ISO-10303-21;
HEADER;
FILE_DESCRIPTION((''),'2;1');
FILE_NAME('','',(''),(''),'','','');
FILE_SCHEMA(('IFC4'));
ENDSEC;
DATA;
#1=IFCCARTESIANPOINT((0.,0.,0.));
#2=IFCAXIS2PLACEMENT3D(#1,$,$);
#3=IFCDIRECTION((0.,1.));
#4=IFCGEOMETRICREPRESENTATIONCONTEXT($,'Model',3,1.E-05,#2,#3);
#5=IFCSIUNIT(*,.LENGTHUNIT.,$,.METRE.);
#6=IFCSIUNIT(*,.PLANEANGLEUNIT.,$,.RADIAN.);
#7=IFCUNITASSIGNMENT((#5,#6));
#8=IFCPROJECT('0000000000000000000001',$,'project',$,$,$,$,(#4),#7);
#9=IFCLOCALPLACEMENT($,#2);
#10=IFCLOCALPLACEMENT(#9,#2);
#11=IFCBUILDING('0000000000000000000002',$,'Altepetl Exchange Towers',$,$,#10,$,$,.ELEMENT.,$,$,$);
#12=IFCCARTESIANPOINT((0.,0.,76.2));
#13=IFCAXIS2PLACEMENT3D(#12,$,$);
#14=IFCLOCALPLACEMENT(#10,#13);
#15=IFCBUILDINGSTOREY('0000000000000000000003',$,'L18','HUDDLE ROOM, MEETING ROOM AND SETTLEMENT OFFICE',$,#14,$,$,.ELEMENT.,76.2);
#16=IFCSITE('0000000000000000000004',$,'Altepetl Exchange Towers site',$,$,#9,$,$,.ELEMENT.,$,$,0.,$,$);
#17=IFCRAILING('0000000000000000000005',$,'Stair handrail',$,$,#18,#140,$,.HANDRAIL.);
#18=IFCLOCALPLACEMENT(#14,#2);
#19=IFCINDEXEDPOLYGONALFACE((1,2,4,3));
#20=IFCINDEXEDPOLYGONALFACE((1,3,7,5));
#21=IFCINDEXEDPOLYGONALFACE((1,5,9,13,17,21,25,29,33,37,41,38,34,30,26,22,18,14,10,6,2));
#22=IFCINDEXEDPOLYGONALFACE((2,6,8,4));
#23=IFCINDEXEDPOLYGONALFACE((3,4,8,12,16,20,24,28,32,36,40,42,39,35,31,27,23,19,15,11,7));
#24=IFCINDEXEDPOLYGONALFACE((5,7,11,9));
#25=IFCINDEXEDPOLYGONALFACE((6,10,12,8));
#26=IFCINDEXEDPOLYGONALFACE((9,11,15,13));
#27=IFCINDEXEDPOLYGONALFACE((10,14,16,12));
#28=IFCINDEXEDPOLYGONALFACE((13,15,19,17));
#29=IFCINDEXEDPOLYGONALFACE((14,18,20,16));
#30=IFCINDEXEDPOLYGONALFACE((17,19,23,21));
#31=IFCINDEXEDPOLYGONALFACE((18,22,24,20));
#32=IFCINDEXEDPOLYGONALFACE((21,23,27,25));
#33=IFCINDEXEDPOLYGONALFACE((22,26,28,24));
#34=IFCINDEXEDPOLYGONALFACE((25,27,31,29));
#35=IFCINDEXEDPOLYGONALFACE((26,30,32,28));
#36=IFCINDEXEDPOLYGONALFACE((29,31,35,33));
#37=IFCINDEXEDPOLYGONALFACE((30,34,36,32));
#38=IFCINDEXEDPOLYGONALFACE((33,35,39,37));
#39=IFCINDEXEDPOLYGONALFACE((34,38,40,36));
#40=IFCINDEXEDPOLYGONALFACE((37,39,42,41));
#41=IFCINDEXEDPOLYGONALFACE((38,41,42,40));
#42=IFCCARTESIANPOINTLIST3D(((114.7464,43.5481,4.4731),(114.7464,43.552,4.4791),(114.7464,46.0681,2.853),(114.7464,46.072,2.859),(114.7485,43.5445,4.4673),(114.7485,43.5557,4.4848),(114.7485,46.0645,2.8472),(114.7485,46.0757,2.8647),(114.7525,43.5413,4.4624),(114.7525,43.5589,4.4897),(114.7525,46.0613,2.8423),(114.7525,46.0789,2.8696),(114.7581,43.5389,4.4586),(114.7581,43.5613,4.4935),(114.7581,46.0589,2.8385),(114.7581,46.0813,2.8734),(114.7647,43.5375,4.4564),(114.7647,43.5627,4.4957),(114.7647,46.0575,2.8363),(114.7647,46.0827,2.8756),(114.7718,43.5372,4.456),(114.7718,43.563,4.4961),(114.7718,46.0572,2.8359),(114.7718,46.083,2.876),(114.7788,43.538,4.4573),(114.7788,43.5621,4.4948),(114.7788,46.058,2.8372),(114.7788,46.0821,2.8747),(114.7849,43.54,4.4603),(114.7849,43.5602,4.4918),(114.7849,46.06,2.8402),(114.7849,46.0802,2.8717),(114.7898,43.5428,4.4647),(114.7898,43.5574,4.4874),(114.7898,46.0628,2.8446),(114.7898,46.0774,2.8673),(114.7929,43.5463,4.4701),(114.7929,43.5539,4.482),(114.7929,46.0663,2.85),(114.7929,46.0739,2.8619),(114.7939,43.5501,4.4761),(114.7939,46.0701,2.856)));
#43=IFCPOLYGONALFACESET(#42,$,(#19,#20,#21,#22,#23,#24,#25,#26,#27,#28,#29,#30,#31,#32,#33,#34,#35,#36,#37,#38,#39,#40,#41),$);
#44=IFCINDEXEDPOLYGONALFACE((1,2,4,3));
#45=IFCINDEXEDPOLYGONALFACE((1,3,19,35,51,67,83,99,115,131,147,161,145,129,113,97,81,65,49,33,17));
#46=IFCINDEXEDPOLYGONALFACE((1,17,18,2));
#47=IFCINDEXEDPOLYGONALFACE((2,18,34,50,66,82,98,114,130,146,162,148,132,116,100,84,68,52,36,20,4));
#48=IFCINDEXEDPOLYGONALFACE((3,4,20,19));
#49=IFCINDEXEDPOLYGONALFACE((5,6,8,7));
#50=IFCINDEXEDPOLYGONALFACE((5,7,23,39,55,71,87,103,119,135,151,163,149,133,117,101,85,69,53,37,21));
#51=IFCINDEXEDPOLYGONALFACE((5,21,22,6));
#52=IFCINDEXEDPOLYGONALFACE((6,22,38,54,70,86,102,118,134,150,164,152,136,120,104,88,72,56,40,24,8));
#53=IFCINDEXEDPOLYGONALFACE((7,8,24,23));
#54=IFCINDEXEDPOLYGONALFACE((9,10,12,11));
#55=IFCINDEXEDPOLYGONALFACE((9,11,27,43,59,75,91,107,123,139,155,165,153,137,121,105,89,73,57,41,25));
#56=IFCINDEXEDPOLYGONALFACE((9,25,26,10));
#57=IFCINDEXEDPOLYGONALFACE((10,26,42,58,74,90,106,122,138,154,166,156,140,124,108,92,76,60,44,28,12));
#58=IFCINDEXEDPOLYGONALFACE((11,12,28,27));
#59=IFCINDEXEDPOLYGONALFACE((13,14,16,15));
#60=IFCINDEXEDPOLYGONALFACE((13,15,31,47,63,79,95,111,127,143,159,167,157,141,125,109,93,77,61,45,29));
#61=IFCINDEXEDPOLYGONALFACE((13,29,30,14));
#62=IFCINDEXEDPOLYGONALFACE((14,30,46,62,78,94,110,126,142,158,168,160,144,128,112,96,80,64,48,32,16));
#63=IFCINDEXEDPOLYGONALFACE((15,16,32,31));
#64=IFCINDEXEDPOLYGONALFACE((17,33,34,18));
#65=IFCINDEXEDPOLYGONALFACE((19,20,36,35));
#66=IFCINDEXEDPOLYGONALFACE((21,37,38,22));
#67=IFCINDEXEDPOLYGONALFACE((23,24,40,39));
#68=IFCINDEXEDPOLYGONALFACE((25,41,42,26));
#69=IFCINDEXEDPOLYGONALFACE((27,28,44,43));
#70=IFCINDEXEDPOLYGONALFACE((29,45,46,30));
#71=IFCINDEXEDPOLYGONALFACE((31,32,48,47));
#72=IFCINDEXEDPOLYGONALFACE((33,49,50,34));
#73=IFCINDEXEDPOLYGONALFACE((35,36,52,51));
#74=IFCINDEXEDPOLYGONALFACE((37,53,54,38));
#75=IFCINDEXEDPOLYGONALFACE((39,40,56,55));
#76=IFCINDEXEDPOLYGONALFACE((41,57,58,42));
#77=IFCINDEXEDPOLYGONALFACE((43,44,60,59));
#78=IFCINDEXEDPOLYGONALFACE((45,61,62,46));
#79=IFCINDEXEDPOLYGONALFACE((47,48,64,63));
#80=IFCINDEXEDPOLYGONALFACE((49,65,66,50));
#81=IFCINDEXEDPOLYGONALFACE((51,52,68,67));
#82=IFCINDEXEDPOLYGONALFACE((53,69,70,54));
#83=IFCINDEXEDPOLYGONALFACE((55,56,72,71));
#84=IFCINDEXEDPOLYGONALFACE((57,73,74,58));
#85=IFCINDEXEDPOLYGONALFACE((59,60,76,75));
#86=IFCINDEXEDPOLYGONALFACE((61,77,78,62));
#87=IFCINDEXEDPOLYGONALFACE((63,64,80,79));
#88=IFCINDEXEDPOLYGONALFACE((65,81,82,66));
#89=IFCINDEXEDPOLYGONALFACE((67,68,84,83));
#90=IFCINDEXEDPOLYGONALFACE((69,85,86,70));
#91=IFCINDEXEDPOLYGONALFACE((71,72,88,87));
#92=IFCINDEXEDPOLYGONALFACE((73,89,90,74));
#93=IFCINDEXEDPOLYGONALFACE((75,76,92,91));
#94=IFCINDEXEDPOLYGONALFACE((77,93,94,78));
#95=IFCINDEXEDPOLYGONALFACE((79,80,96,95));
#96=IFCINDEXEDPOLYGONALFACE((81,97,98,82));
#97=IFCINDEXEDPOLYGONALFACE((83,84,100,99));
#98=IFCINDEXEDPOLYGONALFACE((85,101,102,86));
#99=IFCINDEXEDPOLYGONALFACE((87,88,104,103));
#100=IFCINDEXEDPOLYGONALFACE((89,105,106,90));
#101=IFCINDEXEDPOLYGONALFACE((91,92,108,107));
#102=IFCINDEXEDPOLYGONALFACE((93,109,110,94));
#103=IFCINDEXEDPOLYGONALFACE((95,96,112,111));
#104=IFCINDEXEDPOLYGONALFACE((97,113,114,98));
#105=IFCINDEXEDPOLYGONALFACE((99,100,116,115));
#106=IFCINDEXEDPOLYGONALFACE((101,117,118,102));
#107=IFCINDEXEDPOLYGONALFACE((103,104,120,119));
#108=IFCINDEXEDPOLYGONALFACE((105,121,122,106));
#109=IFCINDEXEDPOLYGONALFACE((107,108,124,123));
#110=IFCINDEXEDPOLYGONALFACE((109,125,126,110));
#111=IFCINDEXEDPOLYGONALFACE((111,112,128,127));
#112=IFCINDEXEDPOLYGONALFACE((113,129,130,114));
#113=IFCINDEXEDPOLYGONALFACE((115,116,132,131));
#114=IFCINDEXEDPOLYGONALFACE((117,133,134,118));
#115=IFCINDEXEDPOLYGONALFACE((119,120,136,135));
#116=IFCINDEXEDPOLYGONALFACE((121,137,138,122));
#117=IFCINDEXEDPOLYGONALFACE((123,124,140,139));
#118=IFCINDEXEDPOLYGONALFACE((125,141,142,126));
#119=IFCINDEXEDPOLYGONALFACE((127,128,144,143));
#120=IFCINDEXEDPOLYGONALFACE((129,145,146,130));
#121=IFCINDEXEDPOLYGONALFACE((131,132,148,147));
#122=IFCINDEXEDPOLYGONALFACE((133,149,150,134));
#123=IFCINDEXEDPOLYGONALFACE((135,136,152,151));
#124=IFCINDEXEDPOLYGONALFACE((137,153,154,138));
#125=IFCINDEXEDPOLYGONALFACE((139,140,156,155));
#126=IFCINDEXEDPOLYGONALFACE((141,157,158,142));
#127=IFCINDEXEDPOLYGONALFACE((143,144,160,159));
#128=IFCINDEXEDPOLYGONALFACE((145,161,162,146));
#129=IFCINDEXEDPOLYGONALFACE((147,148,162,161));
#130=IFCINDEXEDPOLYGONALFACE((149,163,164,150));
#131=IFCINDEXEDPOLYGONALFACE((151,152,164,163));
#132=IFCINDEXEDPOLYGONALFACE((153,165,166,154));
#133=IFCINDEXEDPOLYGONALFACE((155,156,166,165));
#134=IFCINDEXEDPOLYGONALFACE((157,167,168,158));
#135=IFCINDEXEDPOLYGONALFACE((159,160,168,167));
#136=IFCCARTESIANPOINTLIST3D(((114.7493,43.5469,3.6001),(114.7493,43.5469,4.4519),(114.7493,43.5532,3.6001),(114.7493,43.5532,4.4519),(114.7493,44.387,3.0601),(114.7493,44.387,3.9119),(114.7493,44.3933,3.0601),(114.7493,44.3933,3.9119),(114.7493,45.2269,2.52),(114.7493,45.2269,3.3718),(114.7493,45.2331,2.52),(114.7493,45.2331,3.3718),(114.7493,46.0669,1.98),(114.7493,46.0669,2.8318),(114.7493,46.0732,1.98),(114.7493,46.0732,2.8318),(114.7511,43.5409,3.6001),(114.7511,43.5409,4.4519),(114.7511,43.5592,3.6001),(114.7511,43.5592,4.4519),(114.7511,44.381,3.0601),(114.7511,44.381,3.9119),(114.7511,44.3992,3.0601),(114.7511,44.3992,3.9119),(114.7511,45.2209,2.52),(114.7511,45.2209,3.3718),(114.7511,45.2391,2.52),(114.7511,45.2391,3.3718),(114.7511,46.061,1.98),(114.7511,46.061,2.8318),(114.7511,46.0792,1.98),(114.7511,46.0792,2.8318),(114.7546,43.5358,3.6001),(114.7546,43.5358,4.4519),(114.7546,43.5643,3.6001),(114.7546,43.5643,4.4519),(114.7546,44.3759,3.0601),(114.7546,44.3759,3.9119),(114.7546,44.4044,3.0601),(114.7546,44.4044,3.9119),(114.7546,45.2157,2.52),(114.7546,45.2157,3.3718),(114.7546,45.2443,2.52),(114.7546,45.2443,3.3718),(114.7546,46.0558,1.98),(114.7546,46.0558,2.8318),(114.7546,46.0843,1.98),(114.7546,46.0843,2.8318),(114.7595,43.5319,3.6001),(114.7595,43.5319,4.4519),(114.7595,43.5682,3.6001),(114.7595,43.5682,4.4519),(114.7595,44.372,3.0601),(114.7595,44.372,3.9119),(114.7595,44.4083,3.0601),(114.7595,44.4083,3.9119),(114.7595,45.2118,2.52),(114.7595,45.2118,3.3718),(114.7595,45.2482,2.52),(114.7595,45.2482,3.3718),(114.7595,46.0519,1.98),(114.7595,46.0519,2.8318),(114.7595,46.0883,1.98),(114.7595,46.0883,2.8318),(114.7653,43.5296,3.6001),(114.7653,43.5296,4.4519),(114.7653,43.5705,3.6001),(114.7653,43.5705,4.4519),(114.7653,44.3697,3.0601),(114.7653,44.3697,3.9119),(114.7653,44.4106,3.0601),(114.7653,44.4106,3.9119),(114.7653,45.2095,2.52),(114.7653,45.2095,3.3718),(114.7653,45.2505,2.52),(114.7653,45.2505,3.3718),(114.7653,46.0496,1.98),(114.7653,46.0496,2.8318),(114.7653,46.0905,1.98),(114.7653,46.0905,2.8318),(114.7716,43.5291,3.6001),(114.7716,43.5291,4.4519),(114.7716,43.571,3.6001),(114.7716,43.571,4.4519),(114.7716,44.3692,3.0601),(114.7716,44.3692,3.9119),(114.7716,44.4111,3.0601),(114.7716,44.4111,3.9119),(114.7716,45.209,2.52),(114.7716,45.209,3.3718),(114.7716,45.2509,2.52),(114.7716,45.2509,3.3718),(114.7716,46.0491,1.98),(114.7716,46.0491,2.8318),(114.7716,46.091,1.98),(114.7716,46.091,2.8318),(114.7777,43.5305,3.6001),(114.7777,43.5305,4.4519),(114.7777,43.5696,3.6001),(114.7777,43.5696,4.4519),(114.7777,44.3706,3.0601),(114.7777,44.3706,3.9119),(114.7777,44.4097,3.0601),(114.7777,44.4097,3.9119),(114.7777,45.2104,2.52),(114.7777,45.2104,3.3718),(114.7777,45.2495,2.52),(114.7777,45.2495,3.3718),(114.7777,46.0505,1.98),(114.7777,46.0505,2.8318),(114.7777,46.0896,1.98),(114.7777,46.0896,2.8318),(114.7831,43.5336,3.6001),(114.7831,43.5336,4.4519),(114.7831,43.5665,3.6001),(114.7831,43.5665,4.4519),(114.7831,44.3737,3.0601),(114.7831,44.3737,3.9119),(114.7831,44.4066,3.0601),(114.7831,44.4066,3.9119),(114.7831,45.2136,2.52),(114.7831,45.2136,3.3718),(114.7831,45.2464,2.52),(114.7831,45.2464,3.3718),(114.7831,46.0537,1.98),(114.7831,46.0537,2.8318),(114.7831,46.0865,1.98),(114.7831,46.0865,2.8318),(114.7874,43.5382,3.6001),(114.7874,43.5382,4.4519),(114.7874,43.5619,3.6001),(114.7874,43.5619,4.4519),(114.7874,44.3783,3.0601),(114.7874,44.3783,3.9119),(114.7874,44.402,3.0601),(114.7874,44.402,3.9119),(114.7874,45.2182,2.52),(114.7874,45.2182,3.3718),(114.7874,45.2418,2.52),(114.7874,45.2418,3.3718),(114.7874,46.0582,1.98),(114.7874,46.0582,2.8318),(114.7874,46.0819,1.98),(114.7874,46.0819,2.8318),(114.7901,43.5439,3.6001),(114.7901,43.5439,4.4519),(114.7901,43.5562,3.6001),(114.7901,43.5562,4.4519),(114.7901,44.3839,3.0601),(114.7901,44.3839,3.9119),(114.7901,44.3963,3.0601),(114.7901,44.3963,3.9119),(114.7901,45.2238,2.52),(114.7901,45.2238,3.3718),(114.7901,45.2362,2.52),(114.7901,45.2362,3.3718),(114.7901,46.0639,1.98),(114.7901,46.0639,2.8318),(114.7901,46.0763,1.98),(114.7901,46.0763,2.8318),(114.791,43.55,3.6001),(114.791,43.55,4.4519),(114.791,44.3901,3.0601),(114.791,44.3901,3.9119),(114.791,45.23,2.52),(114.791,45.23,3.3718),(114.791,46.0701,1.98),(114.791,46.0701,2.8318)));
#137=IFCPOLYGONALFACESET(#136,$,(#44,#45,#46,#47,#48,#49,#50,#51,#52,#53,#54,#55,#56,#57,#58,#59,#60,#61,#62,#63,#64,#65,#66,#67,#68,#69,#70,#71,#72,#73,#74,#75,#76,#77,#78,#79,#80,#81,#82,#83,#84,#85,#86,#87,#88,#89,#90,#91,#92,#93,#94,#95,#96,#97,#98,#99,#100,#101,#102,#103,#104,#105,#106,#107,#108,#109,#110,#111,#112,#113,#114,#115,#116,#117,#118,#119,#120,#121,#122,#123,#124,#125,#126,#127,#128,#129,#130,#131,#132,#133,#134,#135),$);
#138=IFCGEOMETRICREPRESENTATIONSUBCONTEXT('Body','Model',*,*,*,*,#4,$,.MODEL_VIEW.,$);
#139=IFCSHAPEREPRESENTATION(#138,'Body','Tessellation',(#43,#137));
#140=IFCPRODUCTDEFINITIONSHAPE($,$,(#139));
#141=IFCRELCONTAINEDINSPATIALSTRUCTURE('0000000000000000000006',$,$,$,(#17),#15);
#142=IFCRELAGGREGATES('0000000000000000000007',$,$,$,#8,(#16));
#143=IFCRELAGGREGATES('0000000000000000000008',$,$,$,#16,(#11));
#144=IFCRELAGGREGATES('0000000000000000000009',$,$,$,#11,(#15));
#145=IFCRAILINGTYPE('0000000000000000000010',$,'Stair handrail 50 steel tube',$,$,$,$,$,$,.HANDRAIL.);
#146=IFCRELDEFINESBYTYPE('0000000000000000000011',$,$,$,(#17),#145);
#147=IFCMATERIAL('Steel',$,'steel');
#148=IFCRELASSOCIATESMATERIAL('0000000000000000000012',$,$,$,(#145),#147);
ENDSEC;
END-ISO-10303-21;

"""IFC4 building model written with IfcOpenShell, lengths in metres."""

from ifc_helpers import new_model, si_unit, direction, frame, origin, origin_2d, place, context, subcontext, project, spatial, circle, extrude, source, transform, mapped, material, type_object, element, save


model = new_model("IFC4")

# Units and contexts
model_context = context("Model", 3, precision=1e-05, world=origin(), true_north=direction((0.0, 1.0)))
body_context = subcontext(model_context, "Body", "Model", "MODEL_VIEW")
ifc_project = project(units=[si_unit("LENGTHUNIT", "METRE"), si_unit("PLANEANGLEUNIT", "RADIAN")], contexts=[model_context])

# Site, building, storey
site_placement = place(None, origin())
site = spatial("IfcSite", under=ifc_project, at=site_placement, Name="Altepetl Exchange Towers site", CompositionType="ELEMENT", RefElevation=0.0)
building_placement = place(site_placement, origin())
building = spatial("IfcBuilding", under=site, at=building_placement, Name="Altepetl Exchange Towers", CompositionType="ELEMENT")
storey_placement = place(building_placement, frame((0.0, 0.0, 76.2)))
storey = spatial("IfcBuildingStorey", under=building, at=storey_placement, Name="L18", Description="HUDDLE ROOM, MEETING ROOM AND SETTLEMENT OFFICE", CompositionType="ELEMENT", Elevation=76.2)

# Railing
ifc_material_1 = material(Name="Steel", Category="steel")
railing_type = type_object("IfcRailingType", Name="Stair handrail 50 steel tube", PredefinedType="HANDRAIL", material=ifc_material_1)
shared_shape = source(origin(), body_context, "Body", "SweptSolid", [
    extrude(circle(Radius=0.021, at=origin_2d()), origin(), (0.0, 0.0, 1.0), 0.8518),
])
railing_1_placement = place(storey_placement, frame((114.77, 46.0701, 1.98)))
element("IfcRailing", 1, at=railing_1_placement, inside=storey, type_object=railing_type, Name="Stair handrail", PredefinedType="HANDRAIL", context=body_context, shape_type="SweptSolid", body=[
    extrude(circle(Radius=0.0239, at=origin_2d()), frame((0.0, 0.0, 0.876), z_axis=(0.0, -0.841163, 0.540782), x_axis=(1.0, 0.0, 0.0)), (0.0, 0.0, 1.0), 2.9958),
    mapped(shared_shape, transform((0.0, 0.0, 0.0))),
    mapped(shared_shape, transform((0.0, -0.8401, 0.54))),
    mapped(shared_shape, transform((0.0, -1.6799, 1.0801))),
    mapped(shared_shape, transform((0.0, -2.52, 1.6201))),
])

save(model, "model.ifc")
